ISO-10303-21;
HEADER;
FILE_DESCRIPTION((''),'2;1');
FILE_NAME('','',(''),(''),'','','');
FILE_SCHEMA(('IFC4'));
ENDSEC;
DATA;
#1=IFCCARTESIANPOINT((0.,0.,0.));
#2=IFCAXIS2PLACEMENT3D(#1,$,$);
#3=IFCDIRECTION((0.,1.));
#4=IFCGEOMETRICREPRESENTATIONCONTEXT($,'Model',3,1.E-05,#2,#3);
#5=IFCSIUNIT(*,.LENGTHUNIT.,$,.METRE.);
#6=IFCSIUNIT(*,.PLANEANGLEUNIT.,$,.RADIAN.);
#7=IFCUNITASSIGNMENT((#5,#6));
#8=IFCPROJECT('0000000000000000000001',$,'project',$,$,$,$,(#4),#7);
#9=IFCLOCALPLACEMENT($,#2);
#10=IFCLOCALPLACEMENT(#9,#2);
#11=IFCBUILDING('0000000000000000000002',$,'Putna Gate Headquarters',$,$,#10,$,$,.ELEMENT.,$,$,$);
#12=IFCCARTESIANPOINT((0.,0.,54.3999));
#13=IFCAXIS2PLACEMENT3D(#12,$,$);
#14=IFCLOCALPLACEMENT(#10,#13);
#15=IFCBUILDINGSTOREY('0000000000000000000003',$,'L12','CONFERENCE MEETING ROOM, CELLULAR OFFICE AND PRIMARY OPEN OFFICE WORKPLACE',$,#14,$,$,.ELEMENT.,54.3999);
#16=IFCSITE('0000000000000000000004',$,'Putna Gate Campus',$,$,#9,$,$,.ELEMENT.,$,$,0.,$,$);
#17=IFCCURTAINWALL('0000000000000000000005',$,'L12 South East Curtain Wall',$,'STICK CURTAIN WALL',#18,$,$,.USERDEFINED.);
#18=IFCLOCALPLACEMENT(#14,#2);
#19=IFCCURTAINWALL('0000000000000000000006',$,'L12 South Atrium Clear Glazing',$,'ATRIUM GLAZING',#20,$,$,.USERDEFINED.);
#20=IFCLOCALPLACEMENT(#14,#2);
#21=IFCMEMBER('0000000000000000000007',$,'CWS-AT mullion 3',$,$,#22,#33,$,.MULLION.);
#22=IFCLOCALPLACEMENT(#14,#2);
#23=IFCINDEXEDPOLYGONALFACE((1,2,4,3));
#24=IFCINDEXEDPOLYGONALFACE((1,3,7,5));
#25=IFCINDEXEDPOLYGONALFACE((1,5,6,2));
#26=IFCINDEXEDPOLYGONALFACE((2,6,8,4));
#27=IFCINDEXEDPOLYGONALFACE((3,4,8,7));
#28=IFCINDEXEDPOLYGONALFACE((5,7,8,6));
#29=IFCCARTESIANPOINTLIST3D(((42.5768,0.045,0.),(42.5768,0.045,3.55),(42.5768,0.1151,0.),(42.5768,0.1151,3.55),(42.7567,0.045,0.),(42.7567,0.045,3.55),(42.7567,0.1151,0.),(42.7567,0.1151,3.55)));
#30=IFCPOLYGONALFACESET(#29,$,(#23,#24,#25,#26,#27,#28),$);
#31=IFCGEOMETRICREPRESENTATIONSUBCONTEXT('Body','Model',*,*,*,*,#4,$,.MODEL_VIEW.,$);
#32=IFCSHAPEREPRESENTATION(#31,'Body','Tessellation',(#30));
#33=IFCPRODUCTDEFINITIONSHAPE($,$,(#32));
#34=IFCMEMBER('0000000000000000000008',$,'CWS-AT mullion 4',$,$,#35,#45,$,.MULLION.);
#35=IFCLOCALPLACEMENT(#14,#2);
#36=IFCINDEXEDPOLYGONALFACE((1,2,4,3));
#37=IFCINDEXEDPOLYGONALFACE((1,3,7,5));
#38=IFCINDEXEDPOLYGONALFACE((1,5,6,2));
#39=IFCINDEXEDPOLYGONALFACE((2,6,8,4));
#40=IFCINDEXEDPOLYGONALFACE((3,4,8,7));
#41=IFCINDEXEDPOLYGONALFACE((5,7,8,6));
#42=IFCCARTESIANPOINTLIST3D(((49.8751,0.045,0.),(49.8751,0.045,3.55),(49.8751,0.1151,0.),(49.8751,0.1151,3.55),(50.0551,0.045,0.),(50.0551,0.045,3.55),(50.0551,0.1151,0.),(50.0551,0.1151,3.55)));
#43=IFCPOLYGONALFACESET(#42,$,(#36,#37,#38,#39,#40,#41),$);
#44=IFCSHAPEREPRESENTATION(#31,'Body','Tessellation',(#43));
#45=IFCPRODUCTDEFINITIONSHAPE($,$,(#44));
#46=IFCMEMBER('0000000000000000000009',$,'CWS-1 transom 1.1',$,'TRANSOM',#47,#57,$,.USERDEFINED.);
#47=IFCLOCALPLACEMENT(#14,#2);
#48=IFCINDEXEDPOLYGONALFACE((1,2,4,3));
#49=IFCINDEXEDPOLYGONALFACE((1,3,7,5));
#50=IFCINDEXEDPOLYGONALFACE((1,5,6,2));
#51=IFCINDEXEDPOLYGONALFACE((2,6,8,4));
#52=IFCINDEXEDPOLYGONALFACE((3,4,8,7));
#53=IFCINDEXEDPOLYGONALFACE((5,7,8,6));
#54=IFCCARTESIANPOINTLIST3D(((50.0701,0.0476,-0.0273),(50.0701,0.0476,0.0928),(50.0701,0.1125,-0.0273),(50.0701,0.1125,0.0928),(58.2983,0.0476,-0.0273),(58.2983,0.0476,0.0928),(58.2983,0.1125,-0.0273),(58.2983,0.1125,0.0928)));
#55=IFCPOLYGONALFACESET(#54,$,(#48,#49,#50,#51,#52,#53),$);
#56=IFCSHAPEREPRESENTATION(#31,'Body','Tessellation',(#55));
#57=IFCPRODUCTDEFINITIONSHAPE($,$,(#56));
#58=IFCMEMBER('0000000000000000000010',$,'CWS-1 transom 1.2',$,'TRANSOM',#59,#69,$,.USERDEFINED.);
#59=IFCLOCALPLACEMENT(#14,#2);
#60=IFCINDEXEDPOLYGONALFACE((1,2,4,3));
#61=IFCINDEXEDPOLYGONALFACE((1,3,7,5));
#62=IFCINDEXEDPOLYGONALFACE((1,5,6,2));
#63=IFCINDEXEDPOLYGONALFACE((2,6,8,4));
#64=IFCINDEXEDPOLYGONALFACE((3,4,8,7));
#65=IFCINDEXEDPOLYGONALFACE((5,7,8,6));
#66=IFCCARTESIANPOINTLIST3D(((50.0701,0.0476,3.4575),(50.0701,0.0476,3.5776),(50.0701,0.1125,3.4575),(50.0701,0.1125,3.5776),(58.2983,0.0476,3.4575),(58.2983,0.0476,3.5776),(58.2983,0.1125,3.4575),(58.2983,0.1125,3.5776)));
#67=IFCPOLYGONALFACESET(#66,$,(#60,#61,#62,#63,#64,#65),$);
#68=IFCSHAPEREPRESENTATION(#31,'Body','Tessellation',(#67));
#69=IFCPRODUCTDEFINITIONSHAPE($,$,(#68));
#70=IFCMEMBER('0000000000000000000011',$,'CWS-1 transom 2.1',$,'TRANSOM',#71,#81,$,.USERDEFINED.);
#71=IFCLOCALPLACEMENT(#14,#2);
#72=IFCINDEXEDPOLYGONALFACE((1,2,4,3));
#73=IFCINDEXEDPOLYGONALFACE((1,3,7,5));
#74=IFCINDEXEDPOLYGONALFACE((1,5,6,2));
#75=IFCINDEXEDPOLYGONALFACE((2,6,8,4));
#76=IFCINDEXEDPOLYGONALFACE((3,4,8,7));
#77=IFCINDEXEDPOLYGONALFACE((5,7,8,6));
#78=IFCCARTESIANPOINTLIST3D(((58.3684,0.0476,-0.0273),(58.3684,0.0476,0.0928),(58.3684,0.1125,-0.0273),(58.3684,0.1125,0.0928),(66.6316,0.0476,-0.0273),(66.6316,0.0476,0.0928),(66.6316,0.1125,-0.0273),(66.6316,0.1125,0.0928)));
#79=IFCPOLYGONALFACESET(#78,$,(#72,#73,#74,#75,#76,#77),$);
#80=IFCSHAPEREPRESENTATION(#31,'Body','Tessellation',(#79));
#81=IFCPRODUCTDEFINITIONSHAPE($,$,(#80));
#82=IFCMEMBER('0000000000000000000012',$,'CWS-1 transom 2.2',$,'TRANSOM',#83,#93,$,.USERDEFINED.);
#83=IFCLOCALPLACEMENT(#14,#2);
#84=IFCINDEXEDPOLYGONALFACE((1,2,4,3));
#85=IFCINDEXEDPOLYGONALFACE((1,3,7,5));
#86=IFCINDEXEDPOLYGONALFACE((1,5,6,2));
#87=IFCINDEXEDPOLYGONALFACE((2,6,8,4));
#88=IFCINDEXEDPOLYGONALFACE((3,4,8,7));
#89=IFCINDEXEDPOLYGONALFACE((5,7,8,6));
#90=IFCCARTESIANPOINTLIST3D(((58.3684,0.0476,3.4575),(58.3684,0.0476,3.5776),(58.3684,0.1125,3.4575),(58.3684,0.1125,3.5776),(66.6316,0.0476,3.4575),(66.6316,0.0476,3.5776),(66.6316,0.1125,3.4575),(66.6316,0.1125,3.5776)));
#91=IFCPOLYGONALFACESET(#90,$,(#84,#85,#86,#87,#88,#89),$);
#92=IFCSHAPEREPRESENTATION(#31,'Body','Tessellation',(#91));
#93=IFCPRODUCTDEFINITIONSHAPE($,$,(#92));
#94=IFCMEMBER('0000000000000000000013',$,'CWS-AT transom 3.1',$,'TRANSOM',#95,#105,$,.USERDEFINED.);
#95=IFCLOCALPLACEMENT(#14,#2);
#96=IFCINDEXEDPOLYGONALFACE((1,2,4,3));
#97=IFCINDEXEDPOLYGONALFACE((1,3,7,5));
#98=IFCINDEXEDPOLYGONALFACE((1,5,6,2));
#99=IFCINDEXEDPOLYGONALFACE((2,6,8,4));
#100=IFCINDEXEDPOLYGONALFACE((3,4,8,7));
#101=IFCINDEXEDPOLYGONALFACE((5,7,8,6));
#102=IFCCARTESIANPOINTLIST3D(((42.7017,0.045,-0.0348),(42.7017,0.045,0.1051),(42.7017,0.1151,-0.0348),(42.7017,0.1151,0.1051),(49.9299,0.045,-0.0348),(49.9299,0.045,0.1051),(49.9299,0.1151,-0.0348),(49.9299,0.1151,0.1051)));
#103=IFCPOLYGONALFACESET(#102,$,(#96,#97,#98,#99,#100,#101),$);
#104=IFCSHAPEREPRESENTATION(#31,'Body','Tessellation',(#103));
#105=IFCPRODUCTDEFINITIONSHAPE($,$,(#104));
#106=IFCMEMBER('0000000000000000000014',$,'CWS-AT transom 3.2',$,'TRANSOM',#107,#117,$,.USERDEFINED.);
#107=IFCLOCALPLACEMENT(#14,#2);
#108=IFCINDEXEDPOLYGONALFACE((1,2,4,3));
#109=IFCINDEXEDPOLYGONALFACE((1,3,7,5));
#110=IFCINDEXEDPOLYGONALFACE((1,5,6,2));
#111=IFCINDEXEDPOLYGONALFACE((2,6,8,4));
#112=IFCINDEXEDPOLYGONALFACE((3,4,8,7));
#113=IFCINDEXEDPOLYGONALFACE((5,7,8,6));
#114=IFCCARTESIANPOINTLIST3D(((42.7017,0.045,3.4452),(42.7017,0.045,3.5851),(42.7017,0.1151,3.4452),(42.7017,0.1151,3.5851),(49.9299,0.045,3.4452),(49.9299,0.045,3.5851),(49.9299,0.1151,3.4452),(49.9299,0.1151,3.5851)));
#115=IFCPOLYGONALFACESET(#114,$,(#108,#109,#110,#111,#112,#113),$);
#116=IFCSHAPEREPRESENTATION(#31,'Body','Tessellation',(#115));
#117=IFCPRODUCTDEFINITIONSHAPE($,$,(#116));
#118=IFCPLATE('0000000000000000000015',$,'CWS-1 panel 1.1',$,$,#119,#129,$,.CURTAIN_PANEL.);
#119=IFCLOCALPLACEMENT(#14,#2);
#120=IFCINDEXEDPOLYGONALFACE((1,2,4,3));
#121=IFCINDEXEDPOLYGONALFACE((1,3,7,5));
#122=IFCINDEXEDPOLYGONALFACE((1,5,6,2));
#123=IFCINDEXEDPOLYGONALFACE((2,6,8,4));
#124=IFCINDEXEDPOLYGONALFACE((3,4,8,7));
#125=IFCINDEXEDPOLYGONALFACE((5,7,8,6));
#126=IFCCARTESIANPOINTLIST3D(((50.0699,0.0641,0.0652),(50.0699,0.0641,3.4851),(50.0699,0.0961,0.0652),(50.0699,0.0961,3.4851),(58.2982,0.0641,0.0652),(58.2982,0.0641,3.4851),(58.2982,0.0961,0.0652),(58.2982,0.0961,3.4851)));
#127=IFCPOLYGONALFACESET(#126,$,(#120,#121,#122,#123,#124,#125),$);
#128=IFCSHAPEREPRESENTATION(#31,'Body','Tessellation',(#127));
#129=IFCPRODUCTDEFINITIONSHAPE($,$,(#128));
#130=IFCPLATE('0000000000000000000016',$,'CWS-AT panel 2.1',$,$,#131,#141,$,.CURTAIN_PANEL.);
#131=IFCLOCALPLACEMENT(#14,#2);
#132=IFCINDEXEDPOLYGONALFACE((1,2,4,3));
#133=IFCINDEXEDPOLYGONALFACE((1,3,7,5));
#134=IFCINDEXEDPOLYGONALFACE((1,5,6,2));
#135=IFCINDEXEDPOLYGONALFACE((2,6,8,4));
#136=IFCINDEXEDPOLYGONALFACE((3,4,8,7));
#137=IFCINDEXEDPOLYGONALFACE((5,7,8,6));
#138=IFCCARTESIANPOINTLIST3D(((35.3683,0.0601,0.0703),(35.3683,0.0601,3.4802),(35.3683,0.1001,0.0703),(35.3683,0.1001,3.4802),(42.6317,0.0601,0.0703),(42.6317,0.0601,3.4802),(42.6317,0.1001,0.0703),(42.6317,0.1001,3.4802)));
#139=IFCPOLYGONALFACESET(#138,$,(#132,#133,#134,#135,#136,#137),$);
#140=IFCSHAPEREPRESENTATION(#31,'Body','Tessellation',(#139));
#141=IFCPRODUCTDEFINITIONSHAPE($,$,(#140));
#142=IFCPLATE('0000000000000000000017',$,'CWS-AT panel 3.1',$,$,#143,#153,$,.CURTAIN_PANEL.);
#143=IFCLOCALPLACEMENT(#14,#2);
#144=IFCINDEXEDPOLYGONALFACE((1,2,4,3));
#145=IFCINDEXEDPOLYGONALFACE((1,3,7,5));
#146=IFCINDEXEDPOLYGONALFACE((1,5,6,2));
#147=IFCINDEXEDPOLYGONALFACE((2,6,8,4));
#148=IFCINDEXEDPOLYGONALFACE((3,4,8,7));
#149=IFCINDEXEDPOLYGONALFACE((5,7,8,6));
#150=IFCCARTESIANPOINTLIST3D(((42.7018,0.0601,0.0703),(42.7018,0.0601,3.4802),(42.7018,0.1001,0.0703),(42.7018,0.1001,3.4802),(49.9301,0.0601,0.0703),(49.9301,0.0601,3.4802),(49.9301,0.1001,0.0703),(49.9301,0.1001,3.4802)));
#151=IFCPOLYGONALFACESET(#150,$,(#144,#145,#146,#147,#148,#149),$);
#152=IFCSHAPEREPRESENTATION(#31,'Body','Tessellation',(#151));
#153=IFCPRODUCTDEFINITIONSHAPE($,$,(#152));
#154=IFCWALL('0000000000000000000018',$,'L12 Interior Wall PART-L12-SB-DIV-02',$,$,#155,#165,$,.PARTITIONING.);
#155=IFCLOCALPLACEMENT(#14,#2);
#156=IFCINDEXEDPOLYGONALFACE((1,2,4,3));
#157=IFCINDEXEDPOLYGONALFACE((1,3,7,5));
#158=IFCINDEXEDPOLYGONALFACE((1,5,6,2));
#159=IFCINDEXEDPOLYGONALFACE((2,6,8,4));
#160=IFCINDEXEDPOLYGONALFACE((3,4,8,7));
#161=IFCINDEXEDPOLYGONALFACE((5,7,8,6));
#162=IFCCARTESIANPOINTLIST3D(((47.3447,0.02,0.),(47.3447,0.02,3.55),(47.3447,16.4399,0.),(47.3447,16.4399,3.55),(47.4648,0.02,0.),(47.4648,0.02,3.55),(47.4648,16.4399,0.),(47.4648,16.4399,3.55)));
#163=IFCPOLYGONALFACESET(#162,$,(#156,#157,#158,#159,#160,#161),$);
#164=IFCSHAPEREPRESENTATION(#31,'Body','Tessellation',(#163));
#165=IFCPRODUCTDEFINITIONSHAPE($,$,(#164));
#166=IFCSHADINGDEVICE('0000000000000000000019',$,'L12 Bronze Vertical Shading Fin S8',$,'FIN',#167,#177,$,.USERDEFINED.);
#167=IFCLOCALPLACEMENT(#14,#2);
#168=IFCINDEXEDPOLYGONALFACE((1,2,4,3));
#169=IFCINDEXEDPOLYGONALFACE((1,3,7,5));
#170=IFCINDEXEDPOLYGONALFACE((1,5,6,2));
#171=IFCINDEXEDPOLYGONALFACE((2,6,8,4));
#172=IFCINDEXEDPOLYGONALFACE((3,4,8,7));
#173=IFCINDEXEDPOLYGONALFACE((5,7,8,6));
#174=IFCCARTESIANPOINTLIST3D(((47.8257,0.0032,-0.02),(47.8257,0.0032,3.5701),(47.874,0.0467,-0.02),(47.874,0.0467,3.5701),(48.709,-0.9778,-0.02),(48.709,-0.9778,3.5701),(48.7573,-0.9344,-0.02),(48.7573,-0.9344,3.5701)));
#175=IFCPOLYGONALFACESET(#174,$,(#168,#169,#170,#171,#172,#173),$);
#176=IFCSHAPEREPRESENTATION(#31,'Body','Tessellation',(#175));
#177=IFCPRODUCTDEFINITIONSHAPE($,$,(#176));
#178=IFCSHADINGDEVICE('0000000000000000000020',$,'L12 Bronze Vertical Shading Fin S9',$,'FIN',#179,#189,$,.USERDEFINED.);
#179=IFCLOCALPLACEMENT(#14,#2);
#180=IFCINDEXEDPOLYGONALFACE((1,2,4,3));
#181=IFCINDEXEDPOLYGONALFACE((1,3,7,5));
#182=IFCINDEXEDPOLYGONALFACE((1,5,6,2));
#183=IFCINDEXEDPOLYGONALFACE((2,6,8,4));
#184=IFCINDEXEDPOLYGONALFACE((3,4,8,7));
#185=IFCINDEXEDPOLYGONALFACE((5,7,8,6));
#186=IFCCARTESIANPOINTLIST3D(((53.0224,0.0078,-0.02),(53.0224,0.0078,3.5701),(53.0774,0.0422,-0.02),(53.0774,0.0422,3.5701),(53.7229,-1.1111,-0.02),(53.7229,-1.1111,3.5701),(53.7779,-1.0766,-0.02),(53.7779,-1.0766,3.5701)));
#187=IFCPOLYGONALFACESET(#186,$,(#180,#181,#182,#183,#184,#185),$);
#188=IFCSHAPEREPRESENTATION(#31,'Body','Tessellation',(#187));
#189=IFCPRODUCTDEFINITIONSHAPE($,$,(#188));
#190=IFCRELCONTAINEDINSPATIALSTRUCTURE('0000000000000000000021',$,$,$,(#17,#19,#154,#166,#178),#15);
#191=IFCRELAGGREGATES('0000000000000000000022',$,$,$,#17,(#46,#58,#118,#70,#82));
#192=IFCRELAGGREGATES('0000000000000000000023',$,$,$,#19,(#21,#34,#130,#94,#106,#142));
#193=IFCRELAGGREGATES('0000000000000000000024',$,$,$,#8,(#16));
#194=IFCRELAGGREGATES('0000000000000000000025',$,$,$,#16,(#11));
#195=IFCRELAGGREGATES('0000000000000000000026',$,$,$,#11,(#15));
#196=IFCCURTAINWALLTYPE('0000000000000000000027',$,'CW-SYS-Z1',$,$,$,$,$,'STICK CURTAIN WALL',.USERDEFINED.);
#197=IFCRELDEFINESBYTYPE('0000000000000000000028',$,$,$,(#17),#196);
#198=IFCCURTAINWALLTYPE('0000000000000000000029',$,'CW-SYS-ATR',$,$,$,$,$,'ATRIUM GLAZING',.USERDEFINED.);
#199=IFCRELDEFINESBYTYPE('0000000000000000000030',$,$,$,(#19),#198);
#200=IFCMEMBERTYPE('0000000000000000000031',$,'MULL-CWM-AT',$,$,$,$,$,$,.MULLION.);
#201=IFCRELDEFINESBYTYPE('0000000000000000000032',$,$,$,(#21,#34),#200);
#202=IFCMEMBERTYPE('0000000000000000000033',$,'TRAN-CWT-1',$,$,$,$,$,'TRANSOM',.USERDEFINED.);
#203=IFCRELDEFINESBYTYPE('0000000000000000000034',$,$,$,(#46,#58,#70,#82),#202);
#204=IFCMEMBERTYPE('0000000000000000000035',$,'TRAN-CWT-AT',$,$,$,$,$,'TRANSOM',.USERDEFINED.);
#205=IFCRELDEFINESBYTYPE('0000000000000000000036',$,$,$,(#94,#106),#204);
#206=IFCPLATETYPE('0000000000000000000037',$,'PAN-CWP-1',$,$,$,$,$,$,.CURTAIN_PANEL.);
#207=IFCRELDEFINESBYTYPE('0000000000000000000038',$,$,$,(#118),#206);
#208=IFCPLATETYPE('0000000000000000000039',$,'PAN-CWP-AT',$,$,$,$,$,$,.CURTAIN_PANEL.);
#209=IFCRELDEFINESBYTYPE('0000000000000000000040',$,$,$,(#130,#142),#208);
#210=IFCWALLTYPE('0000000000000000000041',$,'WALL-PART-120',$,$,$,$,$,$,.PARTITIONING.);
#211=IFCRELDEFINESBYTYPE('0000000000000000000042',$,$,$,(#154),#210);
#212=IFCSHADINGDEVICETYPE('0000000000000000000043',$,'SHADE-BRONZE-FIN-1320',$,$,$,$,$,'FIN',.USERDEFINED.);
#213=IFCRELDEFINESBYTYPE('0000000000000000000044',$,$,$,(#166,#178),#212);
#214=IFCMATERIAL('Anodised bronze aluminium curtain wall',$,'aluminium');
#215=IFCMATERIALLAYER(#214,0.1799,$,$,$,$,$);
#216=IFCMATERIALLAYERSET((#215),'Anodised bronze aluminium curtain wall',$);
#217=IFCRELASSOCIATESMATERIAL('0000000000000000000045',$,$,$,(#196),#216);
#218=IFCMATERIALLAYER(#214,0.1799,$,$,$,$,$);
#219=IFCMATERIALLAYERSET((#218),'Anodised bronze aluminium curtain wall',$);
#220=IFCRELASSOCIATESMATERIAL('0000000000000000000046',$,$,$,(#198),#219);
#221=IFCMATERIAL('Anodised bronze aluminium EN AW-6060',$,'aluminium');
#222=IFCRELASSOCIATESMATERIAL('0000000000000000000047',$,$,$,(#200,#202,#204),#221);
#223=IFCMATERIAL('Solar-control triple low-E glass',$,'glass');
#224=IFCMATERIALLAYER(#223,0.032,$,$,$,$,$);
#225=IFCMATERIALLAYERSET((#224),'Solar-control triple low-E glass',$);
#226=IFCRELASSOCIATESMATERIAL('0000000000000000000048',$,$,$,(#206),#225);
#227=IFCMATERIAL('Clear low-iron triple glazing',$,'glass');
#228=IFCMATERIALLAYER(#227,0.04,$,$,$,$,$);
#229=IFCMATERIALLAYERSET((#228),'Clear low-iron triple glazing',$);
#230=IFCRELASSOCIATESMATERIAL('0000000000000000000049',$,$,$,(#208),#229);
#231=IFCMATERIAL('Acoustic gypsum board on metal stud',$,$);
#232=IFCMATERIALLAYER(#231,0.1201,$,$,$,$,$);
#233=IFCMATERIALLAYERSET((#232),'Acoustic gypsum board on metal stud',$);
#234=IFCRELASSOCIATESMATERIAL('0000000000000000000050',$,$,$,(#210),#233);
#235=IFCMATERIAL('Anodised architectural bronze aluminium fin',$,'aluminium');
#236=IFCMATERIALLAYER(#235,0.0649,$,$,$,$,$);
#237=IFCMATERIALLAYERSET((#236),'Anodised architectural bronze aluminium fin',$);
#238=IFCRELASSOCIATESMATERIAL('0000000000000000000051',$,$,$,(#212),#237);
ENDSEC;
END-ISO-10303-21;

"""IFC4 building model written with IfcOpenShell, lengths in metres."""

from ifc_helpers import new_model, si_unit, direction, frame, frame_2d, origin, origin_2d, place, context, subcontext, project, spatial, rectangle, extrude, material, layer, layer_set, material_profile, profile_set, type_object, element, aggregate, save


model = new_model("IFC4")

# Units and contexts
model_context = context("Model", 3, precision=1e-05, world=origin(), true_north=direction((0.0, 1.0)))
body_context = subcontext(model_context, "Body", "Model", "MODEL_VIEW")
ifc_project = project(units=[si_unit("LENGTHUNIT", "METRE"), si_unit("PLANEANGLEUNIT", "RADIAN")], contexts=[model_context])

# Site, building, storey
site_placement = place(None, origin())
site = spatial("IfcSite", under=ifc_project, at=site_placement, Name="Putna Gate Campus", CompositionType="ELEMENT", RefElevation=0.0)
building_placement = place(site_placement, origin())
building = spatial("IfcBuilding", under=site, at=building_placement, Name="Putna Gate Headquarters", CompositionType="ELEMENT")
storey_placement = place(building_placement, frame((0.0, 0.0, 54.3999)))
storey = spatial("IfcBuildingStorey", under=building, at=storey_placement, Name="L12", Description="CONFERENCE MEETING ROOM, CELLULAR OFFICE AND PRIMARY OPEN OFFICE WORKPLACE", CompositionType="ELEMENT", Elevation=54.3999)

# Curtain walls, members
ifc_material_1 = material(Name="Anodised bronze aluminium curtain wall", Category="aluminium")
ifc_layer_1 = layer(ifc_material_1, 0.1799)
ifc_layer_set_1 = layer_set([ifc_layer_1], Name="Anodised bronze aluminium curtain wall")
curtain_wall_type_1 = type_object("IfcCurtainWallType", Name="CW-SYS-Z1", ElementType="STICK CURTAIN WALL", PredefinedType="USERDEFINED", material=ifc_layer_set_1)
curtain_wall_1_placement = place(storey_placement, origin())
curtain_wall_1 = element("IfcCurtainWall", 1, at=curtain_wall_1_placement, inside=storey, type_object=curtain_wall_type_1, Name="L12 South East Curtain Wall", ObjectType="STICK CURTAIN WALL", PredefinedType="USERDEFINED")
ifc_material_2 = material(Name="Anodised bronze aluminium EN AW-6060", Category="aluminium")
ifc_layer_2 = layer(ifc_material_1, 0.1799)
ifc_layer_set_2 = layer_set([ifc_layer_2], Name="Anodised bronze aluminium curtain wall")
curtain_wall_type_2 = type_object("IfcCurtainWallType", Name="CW-SYS-ATR", ElementType="ATRIUM GLAZING", PredefinedType="USERDEFINED", material=ifc_layer_set_2)
curtain_wall_2_placement = place(storey_placement, origin())
curtain_wall_2 = element("IfcCurtainWall", 2, at=curtain_wall_2_placement, inside=storey, type_object=curtain_wall_type_2, Name="L12 South Atrium Clear Glazing", ObjectType="ATRIUM GLAZING", PredefinedType="USERDEFINED")
ifc_material_profile_1 = material_profile(ifc_material_2, rectangle(XDim=0.0701, YDim=0.1799, at=origin_2d()), Name="Anodised bronze aluminium EN AW-6060")
ifc_profile_set_1 = profile_set([ifc_material_profile_1], Name="Anodised bronze aluminium EN AW-6060")
member_type_1 = type_object("IfcMemberType", Name="MULL-CWM-AT", PredefinedType="MULLION", material=ifc_profile_set_1)
member_1_placement = place(storey_placement, frame((42.6667, 0.0801, 0.0), z_axis=(0.0, 0.0, 1.0), x_axis=(0.0, 1.0, 0.0)))
member_1 = element("IfcMember", 3, at=member_1_placement, type_object=member_type_1, Name="CWS-AT mullion 3", PredefinedType="MULLION", context=body_context, shape_type="SweptSolid", body=[
    extrude(rectangle(XDim=0.0701, YDim=0.1799, at=origin_2d()), origin(), (0.0, 0.0, 1.0), 3.55),
])
member_2_placement = place(storey_placement, frame((49.9651, 0.0801, 0.0), z_axis=(0.0, 0.0, 1.0), x_axis=(0.0, 1.0, 0.0)))
member_2 = element("IfcMember", 4, at=member_2_placement, type_object=member_type_1, Name="CWS-AT mullion 4", PredefinedType="MULLION", context=body_context, shape_type="SweptSolid", body=[
    extrude(rectangle(XDim=0.0701, YDim=0.1799, at=origin_2d()), origin(), (0.0, 0.0, 1.0), 3.55),
])

# Members
ifc_material_profile_2 = material_profile(ifc_material_2, rectangle(XDim=0.0649, YDim=0.1201, at=origin_2d()), Name="Anodised bronze aluminium EN AW-6060")
ifc_profile_set_2 = profile_set([ifc_material_profile_2], Name="Anodised bronze aluminium EN AW-6060")
member_type_2 = type_object("IfcMemberType", Name="TRAN-CWT-1", ElementType="TRANSOM", PredefinedType="USERDEFINED", material=ifc_profile_set_2)
member_3_placement = place(storey_placement, frame((50.0701, 0.0801, 0.0327), z_axis=(1.0, 0.0, 0.0), x_axis=(0.0, 1.0, 0.0)))
member_3 = element("IfcMember", 5, at=member_3_placement, type_object=member_type_2, Name="CWS-1 transom 1.1", ObjectType="TRANSOM", PredefinedType="USERDEFINED", context=body_context, shape_type="SweptSolid", body=[
    extrude(rectangle(XDim=0.0649, YDim=0.1201, at=origin_2d()), origin(), (0.0, 0.0, 1.0), 8.2283),
])
member_4_placement = place(storey_placement, frame((50.0701, 0.0801, 3.5176), z_axis=(1.0, 0.0, 0.0), x_axis=(0.0, 1.0, 0.0)))
member_4 = element("IfcMember", 6, at=member_4_placement, type_object=member_type_2, Name="CWS-1 transom 1.2", ObjectType="TRANSOM", PredefinedType="USERDEFINED", context=body_context, shape_type="SweptSolid", body=[
    extrude(rectangle(XDim=0.0649, YDim=0.1201, at=origin_2d()), origin(), (0.0, 0.0, 1.0), 8.2283),
])
member_5_placement = place(storey_placement, frame((58.3684, 0.0801, 0.0327), z_axis=(1.0, 0.0, 0.0), x_axis=(0.0, 1.0, 0.0)))
member_5 = element("IfcMember", 7, at=member_5_placement, type_object=member_type_2, Name="CWS-1 transom 2.1", ObjectType="TRANSOM", PredefinedType="USERDEFINED", context=body_context, shape_type="SweptSolid", body=[
    extrude(rectangle(XDim=0.0649, YDim=0.1201, at=origin_2d()), origin(), (0.0, 0.0, 1.0), 8.2632),
])
member_6_placement = place(storey_placement, frame((58.3684, 0.0801, 3.5176), z_axis=(1.0, 0.0, 0.0), x_axis=(0.0, 1.0, 0.0)))
member_6 = element("IfcMember", 8, at=member_6_placement, type_object=member_type_2, Name="CWS-1 transom 2.2", ObjectType="TRANSOM", PredefinedType="USERDEFINED", context=body_context, shape_type="SweptSolid", body=[
    extrude(rectangle(XDim=0.0649, YDim=0.1201, at=origin_2d()), origin(), (0.0, 0.0, 1.0), 8.2632),
])
ifc_material_profile_3 = material_profile(ifc_material_2, rectangle(XDim=0.0701, YDim=0.1399, at=origin_2d()), Name="Anodised bronze aluminium EN AW-6060")
ifc_profile_set_3 = profile_set([ifc_material_profile_3], Name="Anodised bronze aluminium EN AW-6060")
member_type_3 = type_object("IfcMemberType", Name="TRAN-CWT-AT", ElementType="TRANSOM", PredefinedType="USERDEFINED", material=ifc_profile_set_3)
member_7_placement = place(storey_placement, frame((42.7017, 0.0801, 0.0352), z_axis=(1.0, 0.0, 0.0), x_axis=(0.0, 1.0, 0.0)))
member_7 = element("IfcMember", 9, at=member_7_placement, type_object=member_type_3, Name="CWS-AT transom 3.1", ObjectType="TRANSOM", PredefinedType="USERDEFINED", context=body_context, shape_type="SweptSolid", body=[
    extrude(rectangle(XDim=0.0701, YDim=0.1399, at=origin_2d()), origin(), (0.0, 0.0, 1.0), 7.2283),
])
member_8_placement = place(storey_placement, frame((42.7017, 0.0801, 3.5151), z_axis=(1.0, 0.0, 0.0), x_axis=(0.0, 1.0, 0.0)))
member_8 = element("IfcMember", 10, at=member_8_placement, type_object=member_type_3, Name="CWS-AT transom 3.2", ObjectType="TRANSOM", PredefinedType="USERDEFINED", context=body_context, shape_type="SweptSolid", body=[
    extrude(rectangle(XDim=0.0701, YDim=0.1399, at=origin_2d()), origin(), (0.0, 0.0, 1.0), 7.2283),
])

# Plates
ifc_material_3 = material(Name="Solar-control triple low-E glass", Category="glass")
ifc_layer_3 = layer(ifc_material_3, 0.032)
ifc_layer_set_3 = layer_set([ifc_layer_3], Name="Solar-control triple low-E glass")
plate_type_1 = type_object("IfcPlateType", Name="PAN-CWP-1", PredefinedType="CURTAIN_PANEL", material=ifc_layer_set_3)
plate_1_placement = place(storey_placement, frame((54.1841, 0.0801, 0.0652), z_axis=(0.0, 0.0, 1.0), x_axis=(1.0, 0.0, 0.0)))
plate_1 = element("IfcPlate", 11, at=plate_1_placement, type_object=plate_type_1, Name="CWS-1 panel 1.1", PredefinedType="CURTAIN_PANEL", context=body_context, shape_type="SweptSolid", body=[
    extrude(rectangle(XDim=8.2283, YDim=0.032, at=origin_2d()), origin(), (0.0, 0.0, 1.0), 3.4199),
])
aggregate(curtain_wall_1, [member_3, member_4, plate_1, member_5, member_6])
ifc_material_4 = material(Name="Clear low-iron triple glazing", Category="glass")
ifc_layer_4 = layer(ifc_material_4, 0.04)
ifc_layer_set_4 = layer_set([ifc_layer_4], Name="Clear low-iron triple glazing")
plate_type_2 = type_object("IfcPlateType", Name="PAN-CWP-AT", PredefinedType="CURTAIN_PANEL", material=ifc_layer_set_4)
plate_2_placement = place(storey_placement, frame((39.0, 0.0801, 0.0703), z_axis=(0.0, 0.0, 1.0), x_axis=(1.0, 0.0, 0.0)))
plate_2 = element("IfcPlate", 12, at=plate_2_placement, type_object=plate_type_2, Name="CWS-AT panel 2.1", PredefinedType="CURTAIN_PANEL", context=body_context, shape_type="SweptSolid", body=[
    extrude(rectangle(XDim=7.2634, YDim=0.04, at=origin_2d()), origin(), (0.0, 0.0, 1.0), 3.4099),
])
plate_3_placement = place(storey_placement, frame((46.3159, 0.0801, 0.0703), z_axis=(0.0, 0.0, 1.0), x_axis=(1.0, 0.0, 0.0)))
plate_3 = element("IfcPlate", 13, at=plate_3_placement, type_object=plate_type_2, Name="CWS-AT panel 3.1", PredefinedType="CURTAIN_PANEL", context=body_context, shape_type="SweptSolid", body=[
    extrude(rectangle(XDim=7.2283, YDim=0.04, at=origin_2d()), origin(), (0.0, 0.0, 1.0), 3.4099),
])
aggregate(curtain_wall_2, [member_1, member_2, plate_2, member_7, member_8, plate_3])

# Wall
ifc_material_5 = material(Name="Acoustic gypsum board on metal stud")
ifc_layer_5 = layer(ifc_material_5, 0.1201)
ifc_layer_set_5 = layer_set([ifc_layer_5], Name="Acoustic gypsum board on metal stud")
wall_type = type_object("IfcWallType", Name="WALL-PART-120", PredefinedType="PARTITIONING", material=ifc_layer_set_5)
wall_placement = place(storey_placement, frame((47.4048, 0.02, 0.0), z_axis=(0.0, 0.0, 1.0), x_axis=(0.0, 1.0, 0.0)))
element("IfcWall", 14, at=wall_placement, inside=storey, type_object=wall_type, Name="L12 Interior Wall PART-L12-SB-DIV-02", PredefinedType="PARTITIONING", context=body_context, shape_type="SweptSolid", body=[
    extrude(rectangle(XDim=16.4199, YDim=0.1201, at=frame_2d((8.21, 0.0))), origin(), (0.0, 0.0, 1.0), 3.55),
])

# Shading devices
ifc_material_6 = material(Name="Anodised architectural bronze aluminium fin", Category="aluminium")
ifc_layer_6 = layer(ifc_material_6, 0.0649)
ifc_layer_set_6 = layer_set([ifc_layer_6], Name="Anodised architectural bronze aluminium fin")
shading_device_type = type_object("IfcShadingDeviceType", Name="SHADE-BRONZE-FIN-1320", ElementType="FIN", PredefinedType="USERDEFINED", material=ifc_layer_set_6)
for number, where, z_axis, x_axis, name in (
    (15, (48.2915, -0.4656, -0.02), (0.0, 0.0, 1.0), (0.669131, -0.743145, 0.0), "L12 Bronze Vertical Shading Fin S8"),
    (16, (53.4001, -0.5344, -0.02), (0.0, 0.0, 1.0), (0.530659, -0.847585, 0.0), "L12 Bronze Vertical Shading Fin S9"),
):
    element("IfcShadingDevice", number, at=place(storey_placement, frame(where, z_axis=z_axis, x_axis=x_axis)), inside=storey, type_object=shading_device_type, Name=name, ObjectType="FIN", PredefinedType="USERDEFINED", context=body_context, shape_type="SweptSolid", body=[
        extrude(rectangle(XDim=1.3201, YDim=0.0649, at=origin_2d()), origin(), (0.0, 0.0, 1.0), 3.5901),
    ])

save(model, "model.ifc")
